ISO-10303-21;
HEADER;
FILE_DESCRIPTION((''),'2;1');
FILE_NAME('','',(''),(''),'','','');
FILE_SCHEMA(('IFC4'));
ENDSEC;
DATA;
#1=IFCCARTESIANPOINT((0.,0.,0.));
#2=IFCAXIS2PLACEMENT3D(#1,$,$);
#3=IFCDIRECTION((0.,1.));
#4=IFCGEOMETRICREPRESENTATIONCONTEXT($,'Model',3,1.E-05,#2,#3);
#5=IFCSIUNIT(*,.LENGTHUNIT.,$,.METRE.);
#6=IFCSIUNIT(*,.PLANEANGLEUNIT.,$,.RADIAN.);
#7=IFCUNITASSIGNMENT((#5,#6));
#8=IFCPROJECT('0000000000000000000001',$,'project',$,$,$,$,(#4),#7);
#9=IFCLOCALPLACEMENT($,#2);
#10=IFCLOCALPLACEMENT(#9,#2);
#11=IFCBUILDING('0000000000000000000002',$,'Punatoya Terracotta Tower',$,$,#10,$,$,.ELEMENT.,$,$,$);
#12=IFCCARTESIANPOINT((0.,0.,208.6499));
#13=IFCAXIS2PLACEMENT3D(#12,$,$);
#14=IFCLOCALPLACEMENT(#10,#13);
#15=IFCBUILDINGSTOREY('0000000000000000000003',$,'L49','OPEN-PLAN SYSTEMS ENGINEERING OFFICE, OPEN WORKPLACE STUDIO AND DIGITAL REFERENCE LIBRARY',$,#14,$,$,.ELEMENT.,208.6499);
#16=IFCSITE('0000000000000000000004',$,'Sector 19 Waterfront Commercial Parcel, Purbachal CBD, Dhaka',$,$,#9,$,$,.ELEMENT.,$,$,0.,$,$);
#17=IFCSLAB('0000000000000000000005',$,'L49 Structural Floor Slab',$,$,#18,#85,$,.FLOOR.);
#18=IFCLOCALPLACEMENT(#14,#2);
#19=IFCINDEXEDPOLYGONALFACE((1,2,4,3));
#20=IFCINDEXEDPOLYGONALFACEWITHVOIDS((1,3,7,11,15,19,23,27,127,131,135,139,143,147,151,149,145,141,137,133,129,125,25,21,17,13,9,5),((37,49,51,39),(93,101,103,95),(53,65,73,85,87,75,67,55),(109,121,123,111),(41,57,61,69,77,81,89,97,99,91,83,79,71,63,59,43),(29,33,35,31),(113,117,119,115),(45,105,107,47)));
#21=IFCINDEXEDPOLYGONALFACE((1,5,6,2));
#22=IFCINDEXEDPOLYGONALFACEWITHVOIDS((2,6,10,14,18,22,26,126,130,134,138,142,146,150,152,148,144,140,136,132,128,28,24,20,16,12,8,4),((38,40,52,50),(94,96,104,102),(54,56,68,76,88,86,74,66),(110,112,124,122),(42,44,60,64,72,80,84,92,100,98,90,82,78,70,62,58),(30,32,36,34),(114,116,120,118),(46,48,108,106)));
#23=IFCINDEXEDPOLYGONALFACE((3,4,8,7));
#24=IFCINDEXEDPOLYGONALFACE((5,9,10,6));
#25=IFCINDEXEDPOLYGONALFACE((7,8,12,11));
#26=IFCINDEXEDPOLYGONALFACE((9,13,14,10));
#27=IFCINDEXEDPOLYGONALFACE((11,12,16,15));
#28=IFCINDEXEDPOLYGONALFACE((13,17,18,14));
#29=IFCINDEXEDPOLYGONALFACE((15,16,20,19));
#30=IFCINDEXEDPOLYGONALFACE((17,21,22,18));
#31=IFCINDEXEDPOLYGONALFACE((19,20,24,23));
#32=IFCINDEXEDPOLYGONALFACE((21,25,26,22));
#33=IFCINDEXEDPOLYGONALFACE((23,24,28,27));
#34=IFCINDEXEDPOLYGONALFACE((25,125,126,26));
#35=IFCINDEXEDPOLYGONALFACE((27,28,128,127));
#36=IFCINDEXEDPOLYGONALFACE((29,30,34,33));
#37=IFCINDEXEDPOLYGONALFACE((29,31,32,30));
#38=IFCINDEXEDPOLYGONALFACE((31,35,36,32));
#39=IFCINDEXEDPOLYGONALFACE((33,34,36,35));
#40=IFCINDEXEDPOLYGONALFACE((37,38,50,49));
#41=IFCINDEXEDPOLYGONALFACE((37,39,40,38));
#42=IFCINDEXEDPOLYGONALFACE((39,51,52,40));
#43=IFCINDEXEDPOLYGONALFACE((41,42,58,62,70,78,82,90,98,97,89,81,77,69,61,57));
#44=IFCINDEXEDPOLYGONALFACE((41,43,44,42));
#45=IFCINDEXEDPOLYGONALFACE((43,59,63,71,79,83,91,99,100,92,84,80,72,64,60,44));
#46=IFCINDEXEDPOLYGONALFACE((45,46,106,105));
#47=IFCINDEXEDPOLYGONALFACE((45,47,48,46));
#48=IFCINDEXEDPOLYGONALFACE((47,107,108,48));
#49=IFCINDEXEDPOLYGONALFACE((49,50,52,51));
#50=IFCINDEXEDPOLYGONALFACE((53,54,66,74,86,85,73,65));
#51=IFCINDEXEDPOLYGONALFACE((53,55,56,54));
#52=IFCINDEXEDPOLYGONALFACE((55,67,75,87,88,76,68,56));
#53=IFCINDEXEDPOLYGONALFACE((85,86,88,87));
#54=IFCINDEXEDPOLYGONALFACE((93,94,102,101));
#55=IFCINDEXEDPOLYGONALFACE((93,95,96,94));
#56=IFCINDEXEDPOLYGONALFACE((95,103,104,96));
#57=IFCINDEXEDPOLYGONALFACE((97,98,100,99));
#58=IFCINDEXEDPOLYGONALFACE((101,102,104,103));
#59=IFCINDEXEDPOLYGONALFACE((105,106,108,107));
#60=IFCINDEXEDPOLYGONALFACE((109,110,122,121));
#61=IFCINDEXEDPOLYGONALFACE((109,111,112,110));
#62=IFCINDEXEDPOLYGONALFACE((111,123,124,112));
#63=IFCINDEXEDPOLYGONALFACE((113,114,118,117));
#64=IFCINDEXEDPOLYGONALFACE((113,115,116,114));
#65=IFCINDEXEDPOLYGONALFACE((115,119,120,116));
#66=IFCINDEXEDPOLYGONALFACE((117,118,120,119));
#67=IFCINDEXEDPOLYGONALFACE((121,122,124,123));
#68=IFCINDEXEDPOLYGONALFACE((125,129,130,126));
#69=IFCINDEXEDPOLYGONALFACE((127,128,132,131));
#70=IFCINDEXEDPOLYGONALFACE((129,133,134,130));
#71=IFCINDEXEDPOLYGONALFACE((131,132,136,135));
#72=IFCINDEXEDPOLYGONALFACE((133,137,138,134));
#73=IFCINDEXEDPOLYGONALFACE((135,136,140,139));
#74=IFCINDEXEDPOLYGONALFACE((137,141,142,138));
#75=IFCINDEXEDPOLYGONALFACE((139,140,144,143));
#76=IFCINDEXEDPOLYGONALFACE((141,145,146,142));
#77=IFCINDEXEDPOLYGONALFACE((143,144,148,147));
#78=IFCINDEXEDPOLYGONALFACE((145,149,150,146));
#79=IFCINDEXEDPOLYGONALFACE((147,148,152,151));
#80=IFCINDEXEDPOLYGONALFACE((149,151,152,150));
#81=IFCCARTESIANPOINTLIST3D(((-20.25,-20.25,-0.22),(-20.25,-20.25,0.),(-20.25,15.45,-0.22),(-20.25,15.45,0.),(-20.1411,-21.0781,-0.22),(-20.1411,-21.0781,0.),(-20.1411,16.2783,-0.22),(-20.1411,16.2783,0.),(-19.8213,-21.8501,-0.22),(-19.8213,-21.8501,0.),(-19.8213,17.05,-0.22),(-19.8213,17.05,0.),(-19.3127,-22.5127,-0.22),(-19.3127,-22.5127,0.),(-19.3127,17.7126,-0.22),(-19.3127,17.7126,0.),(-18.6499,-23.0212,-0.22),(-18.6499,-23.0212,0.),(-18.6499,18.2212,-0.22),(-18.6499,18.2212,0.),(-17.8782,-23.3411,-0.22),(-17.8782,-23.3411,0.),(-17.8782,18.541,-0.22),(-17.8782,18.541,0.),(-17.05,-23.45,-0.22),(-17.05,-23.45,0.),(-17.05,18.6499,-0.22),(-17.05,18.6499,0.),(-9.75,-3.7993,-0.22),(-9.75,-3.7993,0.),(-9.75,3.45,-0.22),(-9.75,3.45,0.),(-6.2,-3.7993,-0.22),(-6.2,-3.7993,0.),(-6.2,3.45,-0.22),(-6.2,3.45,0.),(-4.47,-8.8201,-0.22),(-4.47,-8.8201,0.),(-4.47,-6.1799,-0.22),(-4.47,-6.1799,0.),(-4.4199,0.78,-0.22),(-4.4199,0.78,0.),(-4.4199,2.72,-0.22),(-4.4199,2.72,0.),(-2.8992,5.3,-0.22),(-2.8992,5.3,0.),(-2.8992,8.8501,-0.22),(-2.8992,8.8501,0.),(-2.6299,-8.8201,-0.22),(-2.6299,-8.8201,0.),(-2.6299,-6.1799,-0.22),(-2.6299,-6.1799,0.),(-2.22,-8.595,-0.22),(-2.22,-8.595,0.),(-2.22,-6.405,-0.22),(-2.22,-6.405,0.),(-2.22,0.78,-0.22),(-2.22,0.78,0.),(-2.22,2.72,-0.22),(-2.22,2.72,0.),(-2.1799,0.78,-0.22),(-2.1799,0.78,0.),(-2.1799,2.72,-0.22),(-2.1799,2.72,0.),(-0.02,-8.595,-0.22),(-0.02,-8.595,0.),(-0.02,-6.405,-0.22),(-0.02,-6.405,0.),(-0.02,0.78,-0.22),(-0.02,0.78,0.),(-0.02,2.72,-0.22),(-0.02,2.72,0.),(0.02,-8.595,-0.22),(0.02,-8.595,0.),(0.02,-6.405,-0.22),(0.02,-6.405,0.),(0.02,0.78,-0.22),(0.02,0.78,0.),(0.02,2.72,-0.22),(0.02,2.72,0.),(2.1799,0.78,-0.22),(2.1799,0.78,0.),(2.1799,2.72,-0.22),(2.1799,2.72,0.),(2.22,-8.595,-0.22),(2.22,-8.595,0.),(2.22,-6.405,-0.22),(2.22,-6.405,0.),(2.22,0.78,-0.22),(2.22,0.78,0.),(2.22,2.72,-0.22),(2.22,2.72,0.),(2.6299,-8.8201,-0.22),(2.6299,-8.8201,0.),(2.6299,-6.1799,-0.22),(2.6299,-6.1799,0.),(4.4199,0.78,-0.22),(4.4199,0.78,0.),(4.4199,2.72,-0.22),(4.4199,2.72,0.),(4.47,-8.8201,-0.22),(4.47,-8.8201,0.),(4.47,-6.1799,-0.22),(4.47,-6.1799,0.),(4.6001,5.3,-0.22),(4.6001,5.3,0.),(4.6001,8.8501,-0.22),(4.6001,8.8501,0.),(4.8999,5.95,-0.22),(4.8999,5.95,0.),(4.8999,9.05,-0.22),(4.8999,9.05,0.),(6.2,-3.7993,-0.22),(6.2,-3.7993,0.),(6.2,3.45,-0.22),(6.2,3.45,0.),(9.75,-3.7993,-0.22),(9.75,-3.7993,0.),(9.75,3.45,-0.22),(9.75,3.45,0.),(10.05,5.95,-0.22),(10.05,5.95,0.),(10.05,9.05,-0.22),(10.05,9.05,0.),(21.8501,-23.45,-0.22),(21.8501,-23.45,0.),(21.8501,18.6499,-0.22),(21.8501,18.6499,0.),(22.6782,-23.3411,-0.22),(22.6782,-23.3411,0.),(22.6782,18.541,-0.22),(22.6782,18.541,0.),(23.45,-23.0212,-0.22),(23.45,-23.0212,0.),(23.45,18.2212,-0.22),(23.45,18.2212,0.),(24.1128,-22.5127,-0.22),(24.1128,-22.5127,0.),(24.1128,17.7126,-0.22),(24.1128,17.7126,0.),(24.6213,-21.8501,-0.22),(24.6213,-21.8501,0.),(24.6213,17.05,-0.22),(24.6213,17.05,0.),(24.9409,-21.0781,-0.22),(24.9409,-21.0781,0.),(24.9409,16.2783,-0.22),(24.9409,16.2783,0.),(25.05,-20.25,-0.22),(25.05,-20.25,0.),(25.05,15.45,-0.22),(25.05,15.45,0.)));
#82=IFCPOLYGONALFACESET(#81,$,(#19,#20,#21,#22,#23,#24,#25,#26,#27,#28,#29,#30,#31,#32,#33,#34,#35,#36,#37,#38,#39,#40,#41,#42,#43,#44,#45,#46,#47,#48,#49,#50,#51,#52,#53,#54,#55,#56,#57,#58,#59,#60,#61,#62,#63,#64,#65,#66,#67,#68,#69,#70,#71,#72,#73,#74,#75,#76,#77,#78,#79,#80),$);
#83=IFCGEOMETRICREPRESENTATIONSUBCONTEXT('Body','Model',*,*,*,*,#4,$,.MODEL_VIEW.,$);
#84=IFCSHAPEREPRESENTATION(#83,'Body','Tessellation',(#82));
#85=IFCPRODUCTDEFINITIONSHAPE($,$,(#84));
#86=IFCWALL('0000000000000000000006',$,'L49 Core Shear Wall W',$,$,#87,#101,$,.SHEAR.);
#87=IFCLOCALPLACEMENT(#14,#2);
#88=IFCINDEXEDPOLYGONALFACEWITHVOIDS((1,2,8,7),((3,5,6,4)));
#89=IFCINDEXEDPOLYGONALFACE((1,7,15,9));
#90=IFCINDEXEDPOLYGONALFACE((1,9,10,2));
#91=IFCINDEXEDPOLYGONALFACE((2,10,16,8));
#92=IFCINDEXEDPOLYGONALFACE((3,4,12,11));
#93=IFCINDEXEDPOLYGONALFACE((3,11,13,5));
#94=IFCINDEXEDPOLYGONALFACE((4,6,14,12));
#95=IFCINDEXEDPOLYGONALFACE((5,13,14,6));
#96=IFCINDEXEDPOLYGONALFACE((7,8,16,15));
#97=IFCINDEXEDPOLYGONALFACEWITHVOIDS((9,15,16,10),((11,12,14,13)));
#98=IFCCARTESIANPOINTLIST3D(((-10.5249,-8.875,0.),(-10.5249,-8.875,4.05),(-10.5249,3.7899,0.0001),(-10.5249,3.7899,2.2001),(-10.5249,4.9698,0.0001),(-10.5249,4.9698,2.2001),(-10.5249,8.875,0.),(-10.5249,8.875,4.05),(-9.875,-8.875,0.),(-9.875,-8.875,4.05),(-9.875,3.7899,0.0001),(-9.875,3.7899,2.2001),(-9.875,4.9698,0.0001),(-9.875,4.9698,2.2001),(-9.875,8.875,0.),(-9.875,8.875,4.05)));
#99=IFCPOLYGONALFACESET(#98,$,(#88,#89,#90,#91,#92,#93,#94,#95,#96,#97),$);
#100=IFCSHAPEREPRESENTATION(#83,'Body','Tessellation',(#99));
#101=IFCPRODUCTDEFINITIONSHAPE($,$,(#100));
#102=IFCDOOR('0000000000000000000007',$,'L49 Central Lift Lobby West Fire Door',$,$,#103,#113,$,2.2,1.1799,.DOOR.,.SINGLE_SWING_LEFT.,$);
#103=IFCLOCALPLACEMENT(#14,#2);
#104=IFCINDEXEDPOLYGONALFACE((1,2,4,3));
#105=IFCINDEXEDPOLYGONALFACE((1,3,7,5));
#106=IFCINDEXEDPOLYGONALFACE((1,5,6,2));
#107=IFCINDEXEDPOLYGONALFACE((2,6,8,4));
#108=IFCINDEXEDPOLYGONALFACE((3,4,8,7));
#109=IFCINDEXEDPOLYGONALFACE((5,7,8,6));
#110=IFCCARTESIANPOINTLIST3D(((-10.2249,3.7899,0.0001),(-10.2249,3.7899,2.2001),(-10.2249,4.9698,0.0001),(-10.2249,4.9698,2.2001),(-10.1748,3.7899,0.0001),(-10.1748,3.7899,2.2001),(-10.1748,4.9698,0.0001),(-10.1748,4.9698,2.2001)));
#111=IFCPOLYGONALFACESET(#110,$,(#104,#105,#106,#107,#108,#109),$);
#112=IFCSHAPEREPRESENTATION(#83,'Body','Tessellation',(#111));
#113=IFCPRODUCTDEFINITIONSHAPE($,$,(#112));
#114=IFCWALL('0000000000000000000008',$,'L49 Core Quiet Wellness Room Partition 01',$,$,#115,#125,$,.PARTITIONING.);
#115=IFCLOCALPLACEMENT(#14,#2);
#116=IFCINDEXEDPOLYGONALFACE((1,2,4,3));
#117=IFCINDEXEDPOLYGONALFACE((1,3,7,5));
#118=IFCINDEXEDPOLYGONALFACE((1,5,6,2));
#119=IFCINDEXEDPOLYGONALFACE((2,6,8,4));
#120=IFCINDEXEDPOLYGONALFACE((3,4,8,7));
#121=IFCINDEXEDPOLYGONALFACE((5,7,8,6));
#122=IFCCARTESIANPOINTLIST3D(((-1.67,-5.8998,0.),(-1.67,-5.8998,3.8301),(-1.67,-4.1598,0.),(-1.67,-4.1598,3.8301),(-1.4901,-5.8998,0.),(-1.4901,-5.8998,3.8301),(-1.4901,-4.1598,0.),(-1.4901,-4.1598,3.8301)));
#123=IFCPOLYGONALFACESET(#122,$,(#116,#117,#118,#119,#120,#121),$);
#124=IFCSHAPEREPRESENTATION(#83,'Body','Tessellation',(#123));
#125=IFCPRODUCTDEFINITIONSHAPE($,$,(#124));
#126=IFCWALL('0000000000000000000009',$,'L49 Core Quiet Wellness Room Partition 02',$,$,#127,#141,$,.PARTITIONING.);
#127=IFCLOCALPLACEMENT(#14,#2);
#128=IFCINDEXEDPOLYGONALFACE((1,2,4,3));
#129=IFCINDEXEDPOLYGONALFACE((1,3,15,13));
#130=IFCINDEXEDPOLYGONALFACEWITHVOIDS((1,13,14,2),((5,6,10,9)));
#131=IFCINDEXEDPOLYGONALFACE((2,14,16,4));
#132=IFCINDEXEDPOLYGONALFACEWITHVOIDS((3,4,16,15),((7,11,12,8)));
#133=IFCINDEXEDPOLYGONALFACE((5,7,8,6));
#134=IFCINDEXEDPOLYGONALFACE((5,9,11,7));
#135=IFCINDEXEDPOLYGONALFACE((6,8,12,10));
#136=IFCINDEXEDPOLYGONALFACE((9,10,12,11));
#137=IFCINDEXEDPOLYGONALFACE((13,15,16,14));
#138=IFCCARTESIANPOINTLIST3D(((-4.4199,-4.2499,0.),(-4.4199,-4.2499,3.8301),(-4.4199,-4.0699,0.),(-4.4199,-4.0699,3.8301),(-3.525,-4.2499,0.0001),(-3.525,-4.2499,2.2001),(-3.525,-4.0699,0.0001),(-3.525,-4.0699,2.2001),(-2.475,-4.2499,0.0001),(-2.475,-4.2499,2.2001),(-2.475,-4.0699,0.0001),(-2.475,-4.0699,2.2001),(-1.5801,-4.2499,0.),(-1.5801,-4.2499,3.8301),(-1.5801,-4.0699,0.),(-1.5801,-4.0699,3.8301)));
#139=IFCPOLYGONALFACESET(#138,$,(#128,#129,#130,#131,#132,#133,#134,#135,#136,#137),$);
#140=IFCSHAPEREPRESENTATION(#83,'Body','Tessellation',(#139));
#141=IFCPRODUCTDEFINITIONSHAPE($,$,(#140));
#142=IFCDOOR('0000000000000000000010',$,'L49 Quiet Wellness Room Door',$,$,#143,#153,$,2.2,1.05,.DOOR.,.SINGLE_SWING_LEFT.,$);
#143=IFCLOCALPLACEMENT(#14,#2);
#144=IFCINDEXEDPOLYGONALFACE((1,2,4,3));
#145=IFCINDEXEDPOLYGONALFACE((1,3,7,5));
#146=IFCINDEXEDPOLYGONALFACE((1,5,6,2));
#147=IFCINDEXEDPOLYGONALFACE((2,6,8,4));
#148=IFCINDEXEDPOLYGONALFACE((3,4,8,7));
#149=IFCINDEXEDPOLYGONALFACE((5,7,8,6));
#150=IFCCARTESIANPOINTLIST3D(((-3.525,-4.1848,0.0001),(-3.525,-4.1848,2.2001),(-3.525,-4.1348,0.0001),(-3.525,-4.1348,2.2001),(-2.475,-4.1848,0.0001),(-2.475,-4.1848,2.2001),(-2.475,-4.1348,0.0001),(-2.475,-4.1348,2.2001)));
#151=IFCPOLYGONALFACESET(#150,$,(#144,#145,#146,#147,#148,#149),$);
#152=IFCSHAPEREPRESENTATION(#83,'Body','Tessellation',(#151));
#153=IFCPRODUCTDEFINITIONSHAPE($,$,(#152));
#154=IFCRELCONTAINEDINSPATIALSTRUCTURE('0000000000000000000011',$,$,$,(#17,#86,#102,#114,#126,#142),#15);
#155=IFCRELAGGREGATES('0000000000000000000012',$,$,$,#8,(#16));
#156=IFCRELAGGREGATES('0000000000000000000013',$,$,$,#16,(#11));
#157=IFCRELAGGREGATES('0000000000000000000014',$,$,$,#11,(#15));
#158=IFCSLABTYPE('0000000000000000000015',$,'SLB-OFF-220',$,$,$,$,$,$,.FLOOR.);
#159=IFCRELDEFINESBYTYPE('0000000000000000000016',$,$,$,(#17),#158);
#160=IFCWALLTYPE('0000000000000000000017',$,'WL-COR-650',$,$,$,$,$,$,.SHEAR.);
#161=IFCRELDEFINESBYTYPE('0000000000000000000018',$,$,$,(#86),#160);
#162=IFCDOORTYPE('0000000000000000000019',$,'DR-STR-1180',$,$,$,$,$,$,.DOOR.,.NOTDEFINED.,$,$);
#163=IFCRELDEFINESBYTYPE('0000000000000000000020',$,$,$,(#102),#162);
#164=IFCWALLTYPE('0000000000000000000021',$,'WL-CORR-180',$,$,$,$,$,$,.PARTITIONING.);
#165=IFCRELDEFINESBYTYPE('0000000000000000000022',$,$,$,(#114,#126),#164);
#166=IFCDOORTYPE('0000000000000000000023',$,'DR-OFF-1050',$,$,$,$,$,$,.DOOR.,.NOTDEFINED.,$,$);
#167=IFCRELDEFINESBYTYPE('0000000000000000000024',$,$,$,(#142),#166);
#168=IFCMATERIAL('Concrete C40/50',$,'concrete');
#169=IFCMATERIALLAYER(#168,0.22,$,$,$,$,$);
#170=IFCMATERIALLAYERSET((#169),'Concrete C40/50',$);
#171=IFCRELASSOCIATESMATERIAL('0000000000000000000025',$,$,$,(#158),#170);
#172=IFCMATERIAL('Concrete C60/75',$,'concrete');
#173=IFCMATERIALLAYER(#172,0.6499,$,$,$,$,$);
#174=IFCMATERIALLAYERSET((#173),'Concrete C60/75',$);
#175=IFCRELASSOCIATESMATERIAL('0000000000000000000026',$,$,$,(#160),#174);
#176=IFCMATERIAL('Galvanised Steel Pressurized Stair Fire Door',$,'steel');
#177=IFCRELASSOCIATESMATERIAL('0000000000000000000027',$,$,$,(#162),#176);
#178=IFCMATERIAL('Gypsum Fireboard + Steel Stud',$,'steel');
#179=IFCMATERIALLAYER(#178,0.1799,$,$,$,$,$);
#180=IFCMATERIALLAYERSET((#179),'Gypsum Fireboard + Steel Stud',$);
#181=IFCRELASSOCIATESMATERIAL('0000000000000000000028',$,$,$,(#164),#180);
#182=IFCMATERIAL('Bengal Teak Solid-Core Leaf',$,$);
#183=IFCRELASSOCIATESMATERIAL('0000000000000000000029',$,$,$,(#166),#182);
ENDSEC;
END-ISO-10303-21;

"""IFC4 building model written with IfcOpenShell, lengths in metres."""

from ifc_helpers import new_model, si_unit, direction, frame, frame_2d, origin, place, context, subcontext, project, spatial, polyline, rectangle, outline, extrude, material, layer, layer_set, type_object, element, fill, save


model = new_model("IFC4")

# Units and contexts
model_context = context("Model", 3, precision=1e-05, world=origin(), true_north=direction((0.0, 1.0)))
body_context = subcontext(model_context, "Body", "Model", "MODEL_VIEW")
ifc_project = project(units=[si_unit("LENGTHUNIT", "METRE"), si_unit("PLANEANGLEUNIT", "RADIAN")], contexts=[model_context])

# Site, building, storey
site_placement = place(None, origin())
site = spatial("IfcSite", under=ifc_project, at=site_placement, Name="Sector 19 Waterfront Commercial Parcel, Purbachal CBD, Dhaka", CompositionType="ELEMENT", RefElevation=0.0)
building_placement = place(site_placement, origin())
building = spatial("IfcBuilding", under=site, at=building_placement, Name="Punatoya Terracotta Tower", CompositionType="ELEMENT")
storey_placement = place(building_placement, frame((0.0, 0.0, 208.6499)))
storey = spatial("IfcBuildingStorey", under=building, at=storey_placement, Name="L49", Description="OPEN-PLAN SYSTEMS ENGINEERING OFFICE, OPEN WORKPLACE STUDIO AND DIGITAL REFERENCE LIBRARY", CompositionType="ELEMENT", Elevation=208.6499)

# Shared definitions
ifc_material_1 = material(Name="Concrete C60/75", Category="concrete")

# Slab
ifc_material_2 = material(Name="Concrete C40/50", Category="concrete")
ifc_layer_1 = layer(ifc_material_2, 0.22)
ifc_layer_set_1 = layer_set([ifc_layer_1], Name="Concrete C40/50")
slab_type = type_object("IfcSlabType", Name="SLB-OFF-220", PredefinedType="FLOOR", material=ifc_layer_set_1)
slab_placement = place(storey_placement, frame((0.0, 0.0, -0.22)))
element("IfcSlab", 1, at=slab_placement, inside=storey, type_object=slab_type, Name="L49 Structural Floor Slab", PredefinedType="FLOOR", context=body_context, shape_type="SweptSolid", body=[
    extrude(outline(polyline([(-17.05, -23.45), (-17.8782, -23.3411), (-18.6499, -23.0212), (-19.3127, -22.5127), (-19.8213, -21.8501), (-20.1411, -21.0781), (-20.25, -20.25), (-20.25, 15.45), (-20.1411, 16.2783), (-19.8213, 17.05), (-19.3127, 17.7126), (-18.6499, 18.2212), (-17.8782, 18.541), (-17.05, 18.6499), (21.8501, 18.6499), (22.6782, 18.541), (23.45, 18.2212), (24.1128, 17.7126), (24.6213, 17.05), (24.9409, 16.2783), (25.05, 15.45), (25.05, -20.25), (24.9409, -21.0781), (24.6213, -21.8501), (24.1128, -22.5127), (23.45, -23.0212), (22.6782, -23.3411), (21.8501, -23.45), (-17.05, -23.45)]), holes=[polyline([(-2.6299, -6.1799), (-4.47, -6.1799), (-4.47, -8.8201), (-2.6299, -8.8201), (-2.6299, -6.1799)]), polyline([(0.02, -8.595), (2.22, -8.595), (2.22, -6.405), (0.02, -6.405), (-0.02, -6.405), (-2.22, -6.405), (-2.22, -8.595), (-0.02, -8.595), (0.02, -8.595)]), polyline([(-6.2, 3.45), (-9.75, 3.45), (-9.75, -3.7993), (-6.2, -3.7993), (-6.2, 3.45)]), polyline([(-4.4199, 2.72), (-4.4199, 0.78), (-2.22, 0.78), (-2.1799, 0.78), (-0.02, 0.78), (0.02, 0.78), (2.1799, 0.78), (2.22, 0.78), (4.4199, 0.78), (4.4199, 2.72), (2.22, 2.72), (2.1799, 2.72), (0.02, 2.72), (-0.02, 2.72), (-2.1799, 2.72), (-2.22, 2.72), (-4.4199, 2.72)]), polyline([(4.6001, 5.3), (4.6001, 8.8501), (-2.8992, 8.8501), (-2.8992, 5.3), (4.6001, 5.3)]), polyline([(4.47, -8.8201), (4.47, -6.1799), (2.6299, -6.1799), (2.6299, -8.8201), (4.47, -8.8201)]), polyline([(9.75, 3.45), (6.2, 3.45), (6.2, -3.7993), (9.75, -3.7993), (9.75, 3.45)]), polyline([(10.05, 5.95), (10.05, 9.05), (4.8999, 9.05), (4.8999, 5.95), (10.05, 5.95)])]), origin(), (0.0, 0.0, 1.0), 0.22),
])

# Wall, opening, door
ifc_layer_2 = layer(ifc_material_1, 0.6499)
ifc_layer_set_2 = layer_set([ifc_layer_2], Name="Concrete C60/75")
wall_type_1 = type_object("IfcWallType", Name="WL-COR-650", PredefinedType="SHEAR", material=ifc_layer_set_2)
wall_1_placement = place(storey_placement, frame((-10.2, -8.875, 0.0), z_axis=(0.0, 0.0, 1.0), x_axis=(0.0, 1.0, 0.0)))
wall_1 = element("IfcWall", 2, at=wall_1_placement, inside=storey, type_object=wall_type_1, Name="L49 Core Shear Wall W", PredefinedType="SHEAR", context=body_context, shape_type="SweptSolid", body=[
    extrude(rectangle(XDim=17.75, YDim=0.6499, at=frame_2d((8.875, 0.0))), origin(), (0.0, 0.0, 1.0), 4.05),
])
opening_1_placement = place(wall_1_placement, frame((12.665, 0.0, 0.0)))
opening_1 = element("IfcOpeningElement", 3, at=opening_1_placement, cuts=wall_1, PredefinedType="OPENING", context=body_context, shape_type="SweptSolid", body=[
    extrude(rectangle(XDim=1.1799, YDim=2.2, at=frame_2d((0.5898, 1.1001))), frame((0.0, 0.335, 0.0), z_axis=(0.0, -1.0, 0.0), x_axis=(1.0, 0.0, 0.0)), (0.0, 0.0, 1.0), 0.6699),
])
ifc_material_3 = material(Name="Galvanised Steel Pressurized Stair Fire Door", Category="steel")
door_type_1 = type_object("IfcDoorType", Name="DR-STR-1180", OperationType="NOTDEFINED", PredefinedType="DOOR", material=ifc_material_3)
door_1_placement = place(opening_1_placement, origin())
door_1 = element("IfcDoor", 4, at=door_1_placement, inside=storey, type_object=door_type_1, Name="L49 Central Lift Lobby West Fire Door", OperationType="SINGLE_SWING_LEFT", OverallHeight=2.2, OverallWidth=1.1799, PredefinedType="DOOR", context=body_context, shape_type="SweptSolid", body=[
    extrude(rectangle(XDim=1.1799, YDim=2.2, at=frame_2d((0.5898, 1.1001))), frame((0.0, 0.0249, 0.0), z_axis=(0.0, -1.0, 0.0), x_axis=(1.0, 0.0, 0.0)), (0.0, 0.0, 1.0), 0.05),
])
fill(opening_1, door_1)

# Wall
ifc_material_4 = material(Name="Gypsum Fireboard + Steel Stud", Category="steel")
ifc_layer_3 = layer(ifc_material_4, 0.1799)
ifc_layer_set_3 = layer_set([ifc_layer_3], Name="Gypsum Fireboard + Steel Stud")
wall_type_2 = type_object("IfcWallType", Name="WL-CORR-180", PredefinedType="PARTITIONING", material=ifc_layer_set_3)
wall_2_placement = place(storey_placement, frame((-1.5801, -5.8999, 0.0), z_axis=(0.0, 0.0, 1.0), x_axis=(0.0, 1.0, 0.0)))
element("IfcWall", 5, at=wall_2_placement, inside=storey, type_object=wall_type_2, Name="L49 Core Quiet Wellness Room Partition 01", PredefinedType="PARTITIONING", context=body_context, shape_type="SweptSolid", body=[
    extrude(rectangle(XDim=1.74, YDim=0.1799, at=frame_2d((0.8701, 0.0))), origin(), (0.0, 0.0, 1.0), 3.8301),
])

# Wall, opening, door
wall_3_placement = place(storey_placement, frame((-1.5801, -4.1599, 0.0), z_axis=(0.0, 0.0, 1.0), x_axis=(-1.0, 0.0, 0.0)))
wall_3 = element("IfcWall", 6, at=wall_3_placement, inside=storey, type_object=wall_type_2, Name="L49 Core Quiet Wellness Room Partition 02", PredefinedType="PARTITIONING", context=body_context, shape_type="SweptSolid", body=[
    extrude(rectangle(XDim=2.8398, YDim=0.1799, at=frame_2d((1.4199, 0.0))), origin(), (0.0, 0.0, 1.0), 3.8301),
])
opening_2_placement = place(wall_3_placement, frame((0.895, 0.0, 0.0)))
opening_2 = element("IfcOpeningElement", 7, at=opening_2_placement, cuts=wall_3, PredefinedType="OPENING", context=body_context, shape_type="SweptSolid", body=[
    extrude(rectangle(XDim=1.05, YDim=2.2, at=frame_2d((0.5249, 1.1001))), frame((0.0, 0.0999, 0.0), z_axis=(0.0, -1.0, 0.0), x_axis=(1.0, 0.0, 0.0)), (0.0, 0.0, 1.0), 0.2),
])
ifc_material_5 = material(Name="Bengal Teak Solid-Core Leaf")
door_type_2 = type_object("IfcDoorType", Name="DR-OFF-1050", OperationType="NOTDEFINED", PredefinedType="DOOR", material=ifc_material_5)
door_2_placement = place(opening_2_placement, origin())
door_2 = element("IfcDoor", 8, at=door_2_placement, inside=storey, type_object=door_type_2, Name="L49 Quiet Wellness Room Door", OperationType="SINGLE_SWING_LEFT", OverallHeight=2.2, OverallWidth=1.05, PredefinedType="DOOR", context=body_context, shape_type="SweptSolid", body=[
    extrude(rectangle(XDim=1.05, YDim=2.2, at=frame_2d((0.5249, 1.1001))), frame((0.0, 0.0249, 0.0), z_axis=(0.0, -1.0, 0.0), x_axis=(1.0, 0.0, 0.0)), (0.0, 0.0, 1.0), 0.05),
])
fill(opening_2, door_2)

save(model, "model.ifc")
